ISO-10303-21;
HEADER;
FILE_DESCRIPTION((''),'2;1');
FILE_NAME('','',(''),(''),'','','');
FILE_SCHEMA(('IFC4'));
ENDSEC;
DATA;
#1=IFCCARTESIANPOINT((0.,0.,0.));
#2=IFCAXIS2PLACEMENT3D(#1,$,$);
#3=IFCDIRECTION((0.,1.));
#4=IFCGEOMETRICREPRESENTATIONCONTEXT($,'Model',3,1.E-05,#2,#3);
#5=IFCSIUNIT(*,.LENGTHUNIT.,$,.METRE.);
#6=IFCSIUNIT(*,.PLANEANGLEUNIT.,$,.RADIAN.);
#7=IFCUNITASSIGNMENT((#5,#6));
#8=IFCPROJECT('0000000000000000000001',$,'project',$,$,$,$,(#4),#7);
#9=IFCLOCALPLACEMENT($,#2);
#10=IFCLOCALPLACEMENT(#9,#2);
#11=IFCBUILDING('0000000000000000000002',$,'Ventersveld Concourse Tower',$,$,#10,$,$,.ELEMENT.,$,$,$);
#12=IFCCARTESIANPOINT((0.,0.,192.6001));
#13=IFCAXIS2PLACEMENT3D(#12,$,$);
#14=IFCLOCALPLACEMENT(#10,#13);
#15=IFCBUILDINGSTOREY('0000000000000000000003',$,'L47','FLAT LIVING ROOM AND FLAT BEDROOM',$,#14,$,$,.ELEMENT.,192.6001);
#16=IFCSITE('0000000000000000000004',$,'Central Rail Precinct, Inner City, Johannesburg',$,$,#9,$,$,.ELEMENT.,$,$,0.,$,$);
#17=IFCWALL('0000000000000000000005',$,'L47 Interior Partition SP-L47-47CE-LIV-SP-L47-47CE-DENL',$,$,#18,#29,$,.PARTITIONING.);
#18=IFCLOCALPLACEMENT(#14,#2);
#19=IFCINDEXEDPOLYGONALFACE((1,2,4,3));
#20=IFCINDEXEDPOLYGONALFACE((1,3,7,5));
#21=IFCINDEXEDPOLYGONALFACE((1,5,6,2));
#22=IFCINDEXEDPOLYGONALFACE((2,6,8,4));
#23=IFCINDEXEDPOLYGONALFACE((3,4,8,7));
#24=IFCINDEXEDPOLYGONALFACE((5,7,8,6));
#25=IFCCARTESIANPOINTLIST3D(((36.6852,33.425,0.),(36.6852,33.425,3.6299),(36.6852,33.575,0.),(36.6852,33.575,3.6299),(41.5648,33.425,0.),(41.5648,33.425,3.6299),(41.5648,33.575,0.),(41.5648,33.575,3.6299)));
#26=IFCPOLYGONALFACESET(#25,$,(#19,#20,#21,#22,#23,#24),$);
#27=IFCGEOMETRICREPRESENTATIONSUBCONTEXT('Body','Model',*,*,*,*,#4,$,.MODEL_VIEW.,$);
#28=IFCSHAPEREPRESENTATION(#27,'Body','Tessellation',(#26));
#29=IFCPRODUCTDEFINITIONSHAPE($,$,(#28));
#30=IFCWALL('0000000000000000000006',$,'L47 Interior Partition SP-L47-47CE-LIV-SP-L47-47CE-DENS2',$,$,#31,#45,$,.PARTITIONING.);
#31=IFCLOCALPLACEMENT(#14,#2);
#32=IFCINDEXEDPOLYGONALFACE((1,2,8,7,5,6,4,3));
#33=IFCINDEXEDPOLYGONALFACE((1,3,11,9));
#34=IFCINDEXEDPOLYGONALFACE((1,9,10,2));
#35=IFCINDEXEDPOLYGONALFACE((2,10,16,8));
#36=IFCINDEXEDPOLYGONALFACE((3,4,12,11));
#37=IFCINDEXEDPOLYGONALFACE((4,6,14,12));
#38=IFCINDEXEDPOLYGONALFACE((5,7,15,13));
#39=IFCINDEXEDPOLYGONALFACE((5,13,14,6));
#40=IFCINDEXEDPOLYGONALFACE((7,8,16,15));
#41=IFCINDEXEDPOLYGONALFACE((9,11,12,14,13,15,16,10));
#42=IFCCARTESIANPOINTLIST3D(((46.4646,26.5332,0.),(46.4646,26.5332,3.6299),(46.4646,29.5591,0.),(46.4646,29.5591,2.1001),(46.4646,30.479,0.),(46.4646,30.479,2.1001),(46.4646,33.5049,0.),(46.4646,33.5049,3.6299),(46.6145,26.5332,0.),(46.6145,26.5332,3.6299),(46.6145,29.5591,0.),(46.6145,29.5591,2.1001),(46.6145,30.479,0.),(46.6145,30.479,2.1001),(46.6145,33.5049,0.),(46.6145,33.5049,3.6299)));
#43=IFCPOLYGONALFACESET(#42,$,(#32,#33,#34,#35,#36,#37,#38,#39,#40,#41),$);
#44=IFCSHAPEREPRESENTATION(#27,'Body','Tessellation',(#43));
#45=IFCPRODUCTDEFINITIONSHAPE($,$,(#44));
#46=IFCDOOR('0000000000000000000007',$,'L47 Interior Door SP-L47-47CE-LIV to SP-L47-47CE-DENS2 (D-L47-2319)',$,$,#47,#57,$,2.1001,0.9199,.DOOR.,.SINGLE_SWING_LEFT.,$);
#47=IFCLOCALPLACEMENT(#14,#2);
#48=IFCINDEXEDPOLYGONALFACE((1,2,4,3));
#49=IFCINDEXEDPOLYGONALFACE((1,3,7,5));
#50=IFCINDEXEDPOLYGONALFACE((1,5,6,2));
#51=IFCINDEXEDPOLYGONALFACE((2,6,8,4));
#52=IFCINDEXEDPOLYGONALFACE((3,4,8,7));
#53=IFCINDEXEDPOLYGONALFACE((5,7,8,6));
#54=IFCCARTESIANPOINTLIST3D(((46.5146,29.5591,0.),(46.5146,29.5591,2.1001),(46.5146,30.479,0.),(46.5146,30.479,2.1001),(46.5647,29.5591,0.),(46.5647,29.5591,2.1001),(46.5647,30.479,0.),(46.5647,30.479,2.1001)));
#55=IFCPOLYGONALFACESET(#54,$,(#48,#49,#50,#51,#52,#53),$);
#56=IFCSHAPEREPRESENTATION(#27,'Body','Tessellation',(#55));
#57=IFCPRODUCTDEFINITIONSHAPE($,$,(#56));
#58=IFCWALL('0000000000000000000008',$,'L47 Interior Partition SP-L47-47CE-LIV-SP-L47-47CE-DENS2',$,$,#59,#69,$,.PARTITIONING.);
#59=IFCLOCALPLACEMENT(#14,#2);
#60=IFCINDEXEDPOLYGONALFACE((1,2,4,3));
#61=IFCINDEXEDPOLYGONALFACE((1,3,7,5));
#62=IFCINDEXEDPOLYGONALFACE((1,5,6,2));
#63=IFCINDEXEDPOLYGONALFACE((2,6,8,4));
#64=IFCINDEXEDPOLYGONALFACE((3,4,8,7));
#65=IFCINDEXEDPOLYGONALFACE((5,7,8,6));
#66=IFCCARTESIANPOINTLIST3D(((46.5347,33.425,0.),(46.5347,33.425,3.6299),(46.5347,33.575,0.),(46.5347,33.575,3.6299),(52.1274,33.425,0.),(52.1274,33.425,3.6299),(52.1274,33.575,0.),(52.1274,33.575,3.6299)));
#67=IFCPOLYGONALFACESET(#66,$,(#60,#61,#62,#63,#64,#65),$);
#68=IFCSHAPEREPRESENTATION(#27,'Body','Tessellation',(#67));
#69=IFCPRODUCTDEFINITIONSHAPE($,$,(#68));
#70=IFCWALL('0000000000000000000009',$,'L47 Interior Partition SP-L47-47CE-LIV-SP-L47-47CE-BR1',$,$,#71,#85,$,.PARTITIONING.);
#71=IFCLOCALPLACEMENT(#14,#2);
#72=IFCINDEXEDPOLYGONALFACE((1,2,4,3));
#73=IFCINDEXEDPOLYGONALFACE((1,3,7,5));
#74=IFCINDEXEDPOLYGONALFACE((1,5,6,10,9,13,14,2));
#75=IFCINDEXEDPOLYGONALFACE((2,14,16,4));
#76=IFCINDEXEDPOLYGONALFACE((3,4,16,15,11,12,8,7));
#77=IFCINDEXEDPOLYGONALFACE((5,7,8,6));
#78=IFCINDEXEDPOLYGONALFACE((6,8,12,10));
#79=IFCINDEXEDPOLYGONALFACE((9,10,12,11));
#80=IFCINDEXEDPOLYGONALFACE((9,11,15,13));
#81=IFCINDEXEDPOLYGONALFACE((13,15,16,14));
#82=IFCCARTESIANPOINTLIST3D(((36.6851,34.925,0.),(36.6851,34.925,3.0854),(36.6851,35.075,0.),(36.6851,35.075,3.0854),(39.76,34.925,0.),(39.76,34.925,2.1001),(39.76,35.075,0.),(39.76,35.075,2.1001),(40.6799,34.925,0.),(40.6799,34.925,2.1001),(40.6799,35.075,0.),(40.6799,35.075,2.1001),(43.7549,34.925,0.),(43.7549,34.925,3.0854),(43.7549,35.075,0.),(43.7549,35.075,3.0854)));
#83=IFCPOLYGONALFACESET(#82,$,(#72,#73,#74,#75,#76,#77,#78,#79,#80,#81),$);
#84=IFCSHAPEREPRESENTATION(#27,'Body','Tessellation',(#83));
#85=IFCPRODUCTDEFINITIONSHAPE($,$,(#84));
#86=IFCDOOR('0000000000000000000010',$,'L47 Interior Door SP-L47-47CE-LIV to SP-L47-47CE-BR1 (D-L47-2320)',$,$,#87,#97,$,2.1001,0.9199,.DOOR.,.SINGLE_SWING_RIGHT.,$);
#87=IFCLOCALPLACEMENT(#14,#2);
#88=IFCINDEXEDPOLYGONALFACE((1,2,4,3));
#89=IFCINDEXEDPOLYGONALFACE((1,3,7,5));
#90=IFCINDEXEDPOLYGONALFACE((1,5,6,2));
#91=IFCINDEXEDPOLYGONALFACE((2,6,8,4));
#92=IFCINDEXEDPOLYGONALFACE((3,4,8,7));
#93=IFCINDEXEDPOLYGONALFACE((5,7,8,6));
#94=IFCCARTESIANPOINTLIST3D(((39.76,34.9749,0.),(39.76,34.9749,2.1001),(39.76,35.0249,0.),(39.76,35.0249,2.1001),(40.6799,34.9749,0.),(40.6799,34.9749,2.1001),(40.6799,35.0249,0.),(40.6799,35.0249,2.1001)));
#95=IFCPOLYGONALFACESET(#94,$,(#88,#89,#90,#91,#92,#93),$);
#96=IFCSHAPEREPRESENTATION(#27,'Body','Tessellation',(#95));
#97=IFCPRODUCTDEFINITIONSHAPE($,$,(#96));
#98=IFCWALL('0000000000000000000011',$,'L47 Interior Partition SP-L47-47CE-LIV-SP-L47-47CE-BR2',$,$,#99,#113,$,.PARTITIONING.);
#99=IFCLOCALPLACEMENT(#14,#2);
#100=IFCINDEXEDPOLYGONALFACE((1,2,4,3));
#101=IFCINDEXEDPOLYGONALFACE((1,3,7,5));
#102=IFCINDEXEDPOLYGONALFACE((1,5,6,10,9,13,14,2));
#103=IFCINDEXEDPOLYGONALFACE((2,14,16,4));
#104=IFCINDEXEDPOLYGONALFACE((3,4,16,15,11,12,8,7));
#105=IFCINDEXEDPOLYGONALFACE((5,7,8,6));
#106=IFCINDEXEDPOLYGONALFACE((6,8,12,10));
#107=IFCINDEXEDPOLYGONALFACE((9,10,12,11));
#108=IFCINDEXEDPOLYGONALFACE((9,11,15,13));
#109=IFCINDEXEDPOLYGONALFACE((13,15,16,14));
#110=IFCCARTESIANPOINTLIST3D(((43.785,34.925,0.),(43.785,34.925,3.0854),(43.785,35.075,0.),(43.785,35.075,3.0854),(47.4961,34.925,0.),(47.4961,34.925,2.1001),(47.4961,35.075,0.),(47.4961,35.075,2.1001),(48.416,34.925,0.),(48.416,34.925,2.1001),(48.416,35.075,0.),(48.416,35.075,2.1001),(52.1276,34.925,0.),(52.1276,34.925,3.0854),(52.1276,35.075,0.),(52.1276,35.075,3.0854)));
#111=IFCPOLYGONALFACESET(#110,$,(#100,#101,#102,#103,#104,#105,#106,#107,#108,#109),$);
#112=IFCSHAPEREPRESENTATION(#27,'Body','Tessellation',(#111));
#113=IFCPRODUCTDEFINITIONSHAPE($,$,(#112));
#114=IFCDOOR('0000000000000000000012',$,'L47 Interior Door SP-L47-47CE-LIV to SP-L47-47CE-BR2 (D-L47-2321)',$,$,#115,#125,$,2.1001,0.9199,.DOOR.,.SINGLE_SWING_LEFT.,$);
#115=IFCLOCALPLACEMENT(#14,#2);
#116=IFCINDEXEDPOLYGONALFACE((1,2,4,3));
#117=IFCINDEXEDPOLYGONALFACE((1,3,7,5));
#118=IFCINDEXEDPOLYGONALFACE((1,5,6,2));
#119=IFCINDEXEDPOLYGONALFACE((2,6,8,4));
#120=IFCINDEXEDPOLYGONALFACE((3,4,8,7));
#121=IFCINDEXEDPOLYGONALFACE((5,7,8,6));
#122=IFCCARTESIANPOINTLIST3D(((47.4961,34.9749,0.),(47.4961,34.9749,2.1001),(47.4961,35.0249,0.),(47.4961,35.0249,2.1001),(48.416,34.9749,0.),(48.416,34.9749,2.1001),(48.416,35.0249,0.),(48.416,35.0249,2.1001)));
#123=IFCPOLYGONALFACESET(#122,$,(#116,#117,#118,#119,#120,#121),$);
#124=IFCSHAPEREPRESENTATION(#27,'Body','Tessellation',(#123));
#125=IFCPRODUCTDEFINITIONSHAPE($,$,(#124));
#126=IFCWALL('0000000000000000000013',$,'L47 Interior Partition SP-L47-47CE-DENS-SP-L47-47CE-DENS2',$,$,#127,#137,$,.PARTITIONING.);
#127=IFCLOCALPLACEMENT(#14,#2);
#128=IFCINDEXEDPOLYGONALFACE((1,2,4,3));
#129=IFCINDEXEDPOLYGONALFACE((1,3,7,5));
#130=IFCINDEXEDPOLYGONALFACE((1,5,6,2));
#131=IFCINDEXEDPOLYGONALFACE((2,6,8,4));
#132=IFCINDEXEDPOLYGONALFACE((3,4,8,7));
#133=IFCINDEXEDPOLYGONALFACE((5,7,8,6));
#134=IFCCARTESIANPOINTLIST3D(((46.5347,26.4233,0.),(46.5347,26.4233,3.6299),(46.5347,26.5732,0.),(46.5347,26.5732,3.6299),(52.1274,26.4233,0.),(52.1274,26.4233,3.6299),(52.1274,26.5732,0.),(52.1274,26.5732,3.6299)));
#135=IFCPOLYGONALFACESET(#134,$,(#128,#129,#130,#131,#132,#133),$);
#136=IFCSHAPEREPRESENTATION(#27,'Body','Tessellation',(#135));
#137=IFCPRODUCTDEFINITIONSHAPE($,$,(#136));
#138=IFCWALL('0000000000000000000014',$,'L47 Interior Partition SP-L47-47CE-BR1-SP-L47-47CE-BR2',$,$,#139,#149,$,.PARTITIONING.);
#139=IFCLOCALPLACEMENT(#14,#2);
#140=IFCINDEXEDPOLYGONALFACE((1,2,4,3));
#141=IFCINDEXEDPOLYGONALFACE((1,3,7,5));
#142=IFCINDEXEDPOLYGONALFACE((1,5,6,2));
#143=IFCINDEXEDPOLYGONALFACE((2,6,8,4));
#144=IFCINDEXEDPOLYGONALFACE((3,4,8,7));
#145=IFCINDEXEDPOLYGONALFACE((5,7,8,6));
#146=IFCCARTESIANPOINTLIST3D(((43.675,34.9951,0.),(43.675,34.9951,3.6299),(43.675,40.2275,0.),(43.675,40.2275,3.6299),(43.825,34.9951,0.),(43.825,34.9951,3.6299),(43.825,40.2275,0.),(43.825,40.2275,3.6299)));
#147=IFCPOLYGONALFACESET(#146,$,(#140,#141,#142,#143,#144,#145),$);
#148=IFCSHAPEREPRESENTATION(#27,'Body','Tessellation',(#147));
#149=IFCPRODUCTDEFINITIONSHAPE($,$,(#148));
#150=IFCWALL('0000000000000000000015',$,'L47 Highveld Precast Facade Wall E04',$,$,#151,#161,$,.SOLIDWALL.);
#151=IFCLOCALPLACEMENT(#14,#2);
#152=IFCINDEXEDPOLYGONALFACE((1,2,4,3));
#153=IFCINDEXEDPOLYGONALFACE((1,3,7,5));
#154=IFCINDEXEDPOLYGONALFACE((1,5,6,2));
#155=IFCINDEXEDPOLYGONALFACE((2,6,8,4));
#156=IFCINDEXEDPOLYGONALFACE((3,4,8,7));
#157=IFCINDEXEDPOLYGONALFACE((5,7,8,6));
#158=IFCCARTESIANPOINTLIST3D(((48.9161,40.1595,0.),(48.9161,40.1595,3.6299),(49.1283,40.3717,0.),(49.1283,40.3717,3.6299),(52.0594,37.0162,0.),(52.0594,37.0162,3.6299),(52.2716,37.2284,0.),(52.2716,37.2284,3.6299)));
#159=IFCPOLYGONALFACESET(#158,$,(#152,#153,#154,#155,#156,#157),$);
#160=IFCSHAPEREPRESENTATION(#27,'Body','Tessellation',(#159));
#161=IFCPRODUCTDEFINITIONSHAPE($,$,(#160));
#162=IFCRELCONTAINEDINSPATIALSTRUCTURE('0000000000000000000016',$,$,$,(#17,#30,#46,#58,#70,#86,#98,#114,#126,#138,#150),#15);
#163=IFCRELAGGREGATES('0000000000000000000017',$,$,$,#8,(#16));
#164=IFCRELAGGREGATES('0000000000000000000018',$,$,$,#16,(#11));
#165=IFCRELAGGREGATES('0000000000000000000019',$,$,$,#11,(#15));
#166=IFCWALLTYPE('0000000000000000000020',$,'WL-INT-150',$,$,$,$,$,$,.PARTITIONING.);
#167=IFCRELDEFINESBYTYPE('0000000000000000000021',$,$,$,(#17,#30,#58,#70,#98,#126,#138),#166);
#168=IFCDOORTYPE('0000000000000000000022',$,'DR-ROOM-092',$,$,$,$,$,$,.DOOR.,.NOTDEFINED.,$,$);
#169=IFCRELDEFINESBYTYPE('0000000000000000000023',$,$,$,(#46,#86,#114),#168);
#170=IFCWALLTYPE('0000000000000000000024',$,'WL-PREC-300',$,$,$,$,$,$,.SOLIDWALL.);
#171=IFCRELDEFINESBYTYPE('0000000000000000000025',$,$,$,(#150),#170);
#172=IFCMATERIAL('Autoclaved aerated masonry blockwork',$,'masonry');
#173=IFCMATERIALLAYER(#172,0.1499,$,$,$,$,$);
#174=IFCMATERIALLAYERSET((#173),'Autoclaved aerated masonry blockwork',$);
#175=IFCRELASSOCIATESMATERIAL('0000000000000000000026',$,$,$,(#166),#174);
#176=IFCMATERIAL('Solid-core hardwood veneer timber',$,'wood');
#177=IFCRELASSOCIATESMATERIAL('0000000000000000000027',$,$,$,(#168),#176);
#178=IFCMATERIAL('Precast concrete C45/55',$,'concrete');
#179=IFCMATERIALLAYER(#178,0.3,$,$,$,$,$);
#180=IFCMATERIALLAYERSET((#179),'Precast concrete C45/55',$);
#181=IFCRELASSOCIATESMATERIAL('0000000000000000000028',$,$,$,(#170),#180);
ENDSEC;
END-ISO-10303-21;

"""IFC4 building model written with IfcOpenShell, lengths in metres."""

from ifc_helpers import new_model, si_unit, direction, frame, frame_2d, origin, place, context, subcontext, project, spatial, rectangle, extrude, material, layer, layer_set, type_object, element, fill, save


model = new_model("IFC4")

# Units and contexts
model_context = context("Model", 3, precision=1e-05, world=origin(), true_north=direction((0.0, 1.0)))
body_context = subcontext(model_context, "Body", "Model", "MODEL_VIEW")
ifc_project = project(units=[si_unit("LENGTHUNIT", "METRE"), si_unit("PLANEANGLEUNIT", "RADIAN")], contexts=[model_context])

# Site, building, storey
site_placement = place(None, origin())
site = spatial("IfcSite", under=ifc_project, at=site_placement, Name="Central Rail Precinct, Inner City, Johannesburg", CompositionType="ELEMENT", RefElevation=0.0)
building_placement = place(site_placement, origin())
building = spatial("IfcBuilding", under=site, at=building_placement, Name="Ventersveld Concourse Tower", CompositionType="ELEMENT")
storey_placement = place(building_placement, frame((0.0, 0.0, 192.6001)))
storey = spatial("IfcBuildingStorey", under=building, at=storey_placement, Name="L47", Description="FLAT LIVING ROOM AND FLAT BEDROOM", CompositionType="ELEMENT", Elevation=192.6001)

# Wall
ifc_material_1 = material(Name="Autoclaved aerated masonry blockwork", Category="masonry")
ifc_layer_1 = layer(ifc_material_1, 0.1499)
ifc_layer_set_1 = layer_set([ifc_layer_1], Name="Autoclaved aerated masonry blockwork")
wall_type_1 = type_object("IfcWallType", Name="WL-INT-150", PredefinedType="PARTITIONING", material=ifc_layer_set_1)
wall_1_placement = place(storey_placement, frame((36.6851, 33.5, 0.0), z_axis=(0.0, 0.0, 1.0), x_axis=(1.0, 0.0, 0.0)))
element("IfcWall", 1, at=wall_1_placement, inside=storey, type_object=wall_type_1, Name="L47 Interior Partition SP-L47-47CE-LIV-SP-L47-47CE-DENL", PredefinedType="PARTITIONING", context=body_context, shape_type="SweptSolid", body=[
    extrude(rectangle(XDim=4.8796, YDim=0.1499, at=frame_2d((2.4399, 0.0))), origin(), (0.0, 0.0, 1.0), 3.6299),
])

# Wall, opening, door
wall_2_placement = place(storey_placement, frame((46.5396, 26.5332, 0.0), z_axis=(0.0, 0.0, 1.0), x_axis=(0.0, 1.0, 0.0)))
wall_2 = element("IfcWall", 2, at=wall_2_placement, inside=storey, type_object=wall_type_1, Name="L47 Interior Partition SP-L47-47CE-LIV-SP-L47-47CE-DENS2", PredefinedType="PARTITIONING", context=body_context, shape_type="SweptSolid", body=[
    extrude(rectangle(XDim=6.9717, YDim=0.1499, at=frame_2d((3.4858, 0.0))), origin(), (0.0, 0.0, 1.0), 3.6299),
])
opening_1_placement = place(wall_2_placement, frame((3.0259, 0.0, 0.0)))
opening_1 = element("IfcOpeningElement", 3, at=opening_1_placement, cuts=wall_2, PredefinedType="OPENING", context=body_context, shape_type="SweptSolid", body=[
    extrude(rectangle(XDim=0.9199, YDim=2.1001, at=frame_2d((0.46, 1.05))), frame((0.0, 0.085, 0.0), z_axis=(0.0, -1.0, 0.0), x_axis=(1.0, 0.0, 0.0)), (0.0, 0.0, 1.0), 0.1699),
])
ifc_material_2 = material(Name="Solid-core hardwood veneer timber", Category="wood")
door_type = type_object("IfcDoorType", Name="DR-ROOM-092", OperationType="NOTDEFINED", PredefinedType="DOOR", material=ifc_material_2)
door_1_placement = place(opening_1_placement, origin())
door_1 = element("IfcDoor", 4, at=door_1_placement, inside=storey, type_object=door_type, Name="L47 Interior Door SP-L47-47CE-LIV to SP-L47-47CE-DENS2 (D-L47-2319)", OperationType="SINGLE_SWING_LEFT", OverallHeight=2.1001, OverallWidth=0.9199, PredefinedType="DOOR", context=body_context, shape_type="SweptSolid", body=[
    extrude(rectangle(XDim=0.9199, YDim=2.1001, at=frame_2d((0.46, 1.05))), frame((0.0, 0.0249, 0.0), z_axis=(0.0, -1.0, 0.0), x_axis=(1.0, 0.0, 0.0)), (0.0, 0.0, 1.0), 0.05),
])
fill(opening_1, door_1)

# Wall
wall_3_placement = place(storey_placement, frame((46.5347, 33.5, 0.0), z_axis=(0.0, 0.0, 1.0), x_axis=(1.0, 0.0, 0.0)))
element("IfcWall", 5, at=wall_3_placement, inside=storey, type_object=wall_type_1, Name="L47 Interior Partition SP-L47-47CE-LIV-SP-L47-47CE-DENS2", PredefinedType="PARTITIONING", context=body_context, shape_type="SweptSolid", body=[
    extrude(rectangle(XDim=5.5928, YDim=0.1499, at=frame_2d((2.7964, 0.0))), origin(), (0.0, 0.0, 1.0), 3.6299),
])

# Walls, openings, doors
wall_4_placement = place(storey_placement, frame((36.6851, 35.0, 0.0), z_axis=(0.0, 0.0, 1.0), x_axis=(1.0, 0.0, 0.0)))
wall_4 = element("IfcWall", 6, at=wall_4_placement, inside=storey, type_object=wall_type_1, Name="L47 Interior Partition SP-L47-47CE-LIV-SP-L47-47CE-BR1", PredefinedType="PARTITIONING", context=body_context, shape_type="SweptSolid", body=[
    extrude(rectangle(XDim=7.0698, YDim=0.1499, at=frame_2d((3.5349, 0.0))), origin(), (0.0, 0.0, 1.0), 3.0854),
])
opening_2_placement = place(wall_4_placement, frame((3.075, 0.0, 0.0)))
opening_2 = element("IfcOpeningElement", 7, at=opening_2_placement, cuts=wall_4, PredefinedType="OPENING", context=body_context, shape_type="SweptSolid", body=[
    extrude(rectangle(XDim=0.9199, YDim=2.1001, at=frame_2d((0.46, 1.05))), frame((0.0, 0.085, 0.0), z_axis=(0.0, -1.0, 0.0), x_axis=(1.0, 0.0, 0.0)), (0.0, 0.0, 1.0), 0.1699),
])
door_2_placement = place(opening_2_placement, origin())
door_2 = element("IfcDoor", 8, at=door_2_placement, inside=storey, type_object=door_type, Name="L47 Interior Door SP-L47-47CE-LIV to SP-L47-47CE-BR1 (D-L47-2320)", OperationType="SINGLE_SWING_RIGHT", OverallHeight=2.1001, OverallWidth=0.9199, PredefinedType="DOOR", context=body_context, shape_type="SweptSolid", body=[
    extrude(rectangle(XDim=0.9199, YDim=2.1001, at=frame_2d((0.46, 1.05))), frame((0.0, 0.0249, 0.0), z_axis=(0.0, -1.0, 0.0), x_axis=(1.0, 0.0, 0.0)), (0.0, 0.0, 1.0), 0.05),
])
fill(opening_2, door_2)
wall_5_placement = place(storey_placement, frame((43.7849, 35.0, 0.0), z_axis=(0.0, 0.0, 1.0), x_axis=(1.0, 0.0, 0.0)))
wall_5 = element("IfcWall", 9, at=wall_5_placement, inside=storey, type_object=wall_type_1, Name="L47 Interior Partition SP-L47-47CE-LIV-SP-L47-47CE-BR2", PredefinedType="PARTITIONING", context=body_context, shape_type="SweptSolid", body=[
    extrude(rectangle(XDim=8.3425, YDim=0.1499, at=frame_2d((4.1714, 0.0))), origin(), (0.0, 0.0, 1.0), 3.0854),
])
opening_3_placement = place(wall_5_placement, frame((3.7112, 0.0, 0.0)))
opening_3 = element("IfcOpeningElement", 10, at=opening_3_placement, cuts=wall_5, PredefinedType="OPENING", context=body_context, shape_type="SweptSolid", body=[
    extrude(rectangle(XDim=0.9199, YDim=2.1001, at=frame_2d((0.46, 1.05))), frame((0.0, 0.085, 0.0), z_axis=(0.0, -1.0, 0.0), x_axis=(1.0, 0.0, 0.0)), (0.0, 0.0, 1.0), 0.1699),
])
door_3_placement = place(opening_3_placement, origin())
door_3 = element("IfcDoor", 11, at=door_3_placement, inside=storey, type_object=door_type, Name="L47 Interior Door SP-L47-47CE-LIV to SP-L47-47CE-BR2 (D-L47-2321)", OperationType="SINGLE_SWING_LEFT", OverallHeight=2.1001, OverallWidth=0.9199, PredefinedType="DOOR", context=body_context, shape_type="SweptSolid", body=[
    extrude(rectangle(XDim=0.9199, YDim=2.1001, at=frame_2d((0.46, 1.05))), frame((0.0, 0.0249, 0.0), z_axis=(0.0, -1.0, 0.0), x_axis=(1.0, 0.0, 0.0)), (0.0, 0.0, 1.0), 0.05),
])
fill(opening_3, door_3)

# Walls
wall_6_placement = place(storey_placement, frame((46.5347, 26.4983, 0.0), z_axis=(0.0, 0.0, 1.0), x_axis=(1.0, 0.0, 0.0)))
element("IfcWall", 12, at=wall_6_placement, inside=storey, type_object=wall_type_1, Name="L47 Interior Partition SP-L47-47CE-DENS-SP-L47-47CE-DENS2", PredefinedType="PARTITIONING", context=body_context, shape_type="SweptSolid", body=[
    extrude(rectangle(XDim=5.5928, YDim=0.1499, at=frame_2d((2.7964, 0.0))), origin(), (0.0, 0.0, 1.0), 3.6299),
])
wall_7_placement = place(storey_placement, frame((43.75, 34.9951, 0.0), z_axis=(0.0, 0.0, 1.0), x_axis=(0.0, 1.0, 0.0)))
element("IfcWall", 13, at=wall_7_placement, inside=storey, type_object=wall_type_1, Name="L47 Interior Partition SP-L47-47CE-BR1-SP-L47-47CE-BR2", PredefinedType="PARTITIONING", context=body_context, shape_type="SweptSolid", body=[
    extrude(rectangle(XDim=5.2324, YDim=0.1499, at=frame_2d((2.6162, 0.0))), origin(), (0.0, 0.0, 1.0), 3.6299),
])
ifc_material_3 = material(Name="Precast concrete C45/55", Category="concrete")
ifc_layer_2 = layer(ifc_material_3, 0.3)
ifc_layer_set_2 = layer_set([ifc_layer_2], Name="Precast concrete C45/55")
wall_type_2 = type_object("IfcWallType", Name="WL-PREC-300", PredefinedType="SOLIDWALL", material=ifc_layer_set_2)
wall_8_placement = place(storey_placement, frame((52.1655, 37.1223, 0.0), z_axis=(0.0, 0.0, 1.0), x_axis=(-0.707107, 0.707107, 0.0)))
element("IfcWall", 14, at=wall_8_placement, inside=storey, type_object=wall_type_2, Name="L47 Highveld Precast Facade Wall E04", PredefinedType="SOLIDWALL", context=body_context, shape_type="SweptSolid", body=[
    extrude(rectangle(XDim=4.4453, YDim=0.3, at=frame_2d((2.2227, 0.0))), origin(), (0.0, 0.0, 1.0), 3.6299),
])

save(model, "model.ifc")
